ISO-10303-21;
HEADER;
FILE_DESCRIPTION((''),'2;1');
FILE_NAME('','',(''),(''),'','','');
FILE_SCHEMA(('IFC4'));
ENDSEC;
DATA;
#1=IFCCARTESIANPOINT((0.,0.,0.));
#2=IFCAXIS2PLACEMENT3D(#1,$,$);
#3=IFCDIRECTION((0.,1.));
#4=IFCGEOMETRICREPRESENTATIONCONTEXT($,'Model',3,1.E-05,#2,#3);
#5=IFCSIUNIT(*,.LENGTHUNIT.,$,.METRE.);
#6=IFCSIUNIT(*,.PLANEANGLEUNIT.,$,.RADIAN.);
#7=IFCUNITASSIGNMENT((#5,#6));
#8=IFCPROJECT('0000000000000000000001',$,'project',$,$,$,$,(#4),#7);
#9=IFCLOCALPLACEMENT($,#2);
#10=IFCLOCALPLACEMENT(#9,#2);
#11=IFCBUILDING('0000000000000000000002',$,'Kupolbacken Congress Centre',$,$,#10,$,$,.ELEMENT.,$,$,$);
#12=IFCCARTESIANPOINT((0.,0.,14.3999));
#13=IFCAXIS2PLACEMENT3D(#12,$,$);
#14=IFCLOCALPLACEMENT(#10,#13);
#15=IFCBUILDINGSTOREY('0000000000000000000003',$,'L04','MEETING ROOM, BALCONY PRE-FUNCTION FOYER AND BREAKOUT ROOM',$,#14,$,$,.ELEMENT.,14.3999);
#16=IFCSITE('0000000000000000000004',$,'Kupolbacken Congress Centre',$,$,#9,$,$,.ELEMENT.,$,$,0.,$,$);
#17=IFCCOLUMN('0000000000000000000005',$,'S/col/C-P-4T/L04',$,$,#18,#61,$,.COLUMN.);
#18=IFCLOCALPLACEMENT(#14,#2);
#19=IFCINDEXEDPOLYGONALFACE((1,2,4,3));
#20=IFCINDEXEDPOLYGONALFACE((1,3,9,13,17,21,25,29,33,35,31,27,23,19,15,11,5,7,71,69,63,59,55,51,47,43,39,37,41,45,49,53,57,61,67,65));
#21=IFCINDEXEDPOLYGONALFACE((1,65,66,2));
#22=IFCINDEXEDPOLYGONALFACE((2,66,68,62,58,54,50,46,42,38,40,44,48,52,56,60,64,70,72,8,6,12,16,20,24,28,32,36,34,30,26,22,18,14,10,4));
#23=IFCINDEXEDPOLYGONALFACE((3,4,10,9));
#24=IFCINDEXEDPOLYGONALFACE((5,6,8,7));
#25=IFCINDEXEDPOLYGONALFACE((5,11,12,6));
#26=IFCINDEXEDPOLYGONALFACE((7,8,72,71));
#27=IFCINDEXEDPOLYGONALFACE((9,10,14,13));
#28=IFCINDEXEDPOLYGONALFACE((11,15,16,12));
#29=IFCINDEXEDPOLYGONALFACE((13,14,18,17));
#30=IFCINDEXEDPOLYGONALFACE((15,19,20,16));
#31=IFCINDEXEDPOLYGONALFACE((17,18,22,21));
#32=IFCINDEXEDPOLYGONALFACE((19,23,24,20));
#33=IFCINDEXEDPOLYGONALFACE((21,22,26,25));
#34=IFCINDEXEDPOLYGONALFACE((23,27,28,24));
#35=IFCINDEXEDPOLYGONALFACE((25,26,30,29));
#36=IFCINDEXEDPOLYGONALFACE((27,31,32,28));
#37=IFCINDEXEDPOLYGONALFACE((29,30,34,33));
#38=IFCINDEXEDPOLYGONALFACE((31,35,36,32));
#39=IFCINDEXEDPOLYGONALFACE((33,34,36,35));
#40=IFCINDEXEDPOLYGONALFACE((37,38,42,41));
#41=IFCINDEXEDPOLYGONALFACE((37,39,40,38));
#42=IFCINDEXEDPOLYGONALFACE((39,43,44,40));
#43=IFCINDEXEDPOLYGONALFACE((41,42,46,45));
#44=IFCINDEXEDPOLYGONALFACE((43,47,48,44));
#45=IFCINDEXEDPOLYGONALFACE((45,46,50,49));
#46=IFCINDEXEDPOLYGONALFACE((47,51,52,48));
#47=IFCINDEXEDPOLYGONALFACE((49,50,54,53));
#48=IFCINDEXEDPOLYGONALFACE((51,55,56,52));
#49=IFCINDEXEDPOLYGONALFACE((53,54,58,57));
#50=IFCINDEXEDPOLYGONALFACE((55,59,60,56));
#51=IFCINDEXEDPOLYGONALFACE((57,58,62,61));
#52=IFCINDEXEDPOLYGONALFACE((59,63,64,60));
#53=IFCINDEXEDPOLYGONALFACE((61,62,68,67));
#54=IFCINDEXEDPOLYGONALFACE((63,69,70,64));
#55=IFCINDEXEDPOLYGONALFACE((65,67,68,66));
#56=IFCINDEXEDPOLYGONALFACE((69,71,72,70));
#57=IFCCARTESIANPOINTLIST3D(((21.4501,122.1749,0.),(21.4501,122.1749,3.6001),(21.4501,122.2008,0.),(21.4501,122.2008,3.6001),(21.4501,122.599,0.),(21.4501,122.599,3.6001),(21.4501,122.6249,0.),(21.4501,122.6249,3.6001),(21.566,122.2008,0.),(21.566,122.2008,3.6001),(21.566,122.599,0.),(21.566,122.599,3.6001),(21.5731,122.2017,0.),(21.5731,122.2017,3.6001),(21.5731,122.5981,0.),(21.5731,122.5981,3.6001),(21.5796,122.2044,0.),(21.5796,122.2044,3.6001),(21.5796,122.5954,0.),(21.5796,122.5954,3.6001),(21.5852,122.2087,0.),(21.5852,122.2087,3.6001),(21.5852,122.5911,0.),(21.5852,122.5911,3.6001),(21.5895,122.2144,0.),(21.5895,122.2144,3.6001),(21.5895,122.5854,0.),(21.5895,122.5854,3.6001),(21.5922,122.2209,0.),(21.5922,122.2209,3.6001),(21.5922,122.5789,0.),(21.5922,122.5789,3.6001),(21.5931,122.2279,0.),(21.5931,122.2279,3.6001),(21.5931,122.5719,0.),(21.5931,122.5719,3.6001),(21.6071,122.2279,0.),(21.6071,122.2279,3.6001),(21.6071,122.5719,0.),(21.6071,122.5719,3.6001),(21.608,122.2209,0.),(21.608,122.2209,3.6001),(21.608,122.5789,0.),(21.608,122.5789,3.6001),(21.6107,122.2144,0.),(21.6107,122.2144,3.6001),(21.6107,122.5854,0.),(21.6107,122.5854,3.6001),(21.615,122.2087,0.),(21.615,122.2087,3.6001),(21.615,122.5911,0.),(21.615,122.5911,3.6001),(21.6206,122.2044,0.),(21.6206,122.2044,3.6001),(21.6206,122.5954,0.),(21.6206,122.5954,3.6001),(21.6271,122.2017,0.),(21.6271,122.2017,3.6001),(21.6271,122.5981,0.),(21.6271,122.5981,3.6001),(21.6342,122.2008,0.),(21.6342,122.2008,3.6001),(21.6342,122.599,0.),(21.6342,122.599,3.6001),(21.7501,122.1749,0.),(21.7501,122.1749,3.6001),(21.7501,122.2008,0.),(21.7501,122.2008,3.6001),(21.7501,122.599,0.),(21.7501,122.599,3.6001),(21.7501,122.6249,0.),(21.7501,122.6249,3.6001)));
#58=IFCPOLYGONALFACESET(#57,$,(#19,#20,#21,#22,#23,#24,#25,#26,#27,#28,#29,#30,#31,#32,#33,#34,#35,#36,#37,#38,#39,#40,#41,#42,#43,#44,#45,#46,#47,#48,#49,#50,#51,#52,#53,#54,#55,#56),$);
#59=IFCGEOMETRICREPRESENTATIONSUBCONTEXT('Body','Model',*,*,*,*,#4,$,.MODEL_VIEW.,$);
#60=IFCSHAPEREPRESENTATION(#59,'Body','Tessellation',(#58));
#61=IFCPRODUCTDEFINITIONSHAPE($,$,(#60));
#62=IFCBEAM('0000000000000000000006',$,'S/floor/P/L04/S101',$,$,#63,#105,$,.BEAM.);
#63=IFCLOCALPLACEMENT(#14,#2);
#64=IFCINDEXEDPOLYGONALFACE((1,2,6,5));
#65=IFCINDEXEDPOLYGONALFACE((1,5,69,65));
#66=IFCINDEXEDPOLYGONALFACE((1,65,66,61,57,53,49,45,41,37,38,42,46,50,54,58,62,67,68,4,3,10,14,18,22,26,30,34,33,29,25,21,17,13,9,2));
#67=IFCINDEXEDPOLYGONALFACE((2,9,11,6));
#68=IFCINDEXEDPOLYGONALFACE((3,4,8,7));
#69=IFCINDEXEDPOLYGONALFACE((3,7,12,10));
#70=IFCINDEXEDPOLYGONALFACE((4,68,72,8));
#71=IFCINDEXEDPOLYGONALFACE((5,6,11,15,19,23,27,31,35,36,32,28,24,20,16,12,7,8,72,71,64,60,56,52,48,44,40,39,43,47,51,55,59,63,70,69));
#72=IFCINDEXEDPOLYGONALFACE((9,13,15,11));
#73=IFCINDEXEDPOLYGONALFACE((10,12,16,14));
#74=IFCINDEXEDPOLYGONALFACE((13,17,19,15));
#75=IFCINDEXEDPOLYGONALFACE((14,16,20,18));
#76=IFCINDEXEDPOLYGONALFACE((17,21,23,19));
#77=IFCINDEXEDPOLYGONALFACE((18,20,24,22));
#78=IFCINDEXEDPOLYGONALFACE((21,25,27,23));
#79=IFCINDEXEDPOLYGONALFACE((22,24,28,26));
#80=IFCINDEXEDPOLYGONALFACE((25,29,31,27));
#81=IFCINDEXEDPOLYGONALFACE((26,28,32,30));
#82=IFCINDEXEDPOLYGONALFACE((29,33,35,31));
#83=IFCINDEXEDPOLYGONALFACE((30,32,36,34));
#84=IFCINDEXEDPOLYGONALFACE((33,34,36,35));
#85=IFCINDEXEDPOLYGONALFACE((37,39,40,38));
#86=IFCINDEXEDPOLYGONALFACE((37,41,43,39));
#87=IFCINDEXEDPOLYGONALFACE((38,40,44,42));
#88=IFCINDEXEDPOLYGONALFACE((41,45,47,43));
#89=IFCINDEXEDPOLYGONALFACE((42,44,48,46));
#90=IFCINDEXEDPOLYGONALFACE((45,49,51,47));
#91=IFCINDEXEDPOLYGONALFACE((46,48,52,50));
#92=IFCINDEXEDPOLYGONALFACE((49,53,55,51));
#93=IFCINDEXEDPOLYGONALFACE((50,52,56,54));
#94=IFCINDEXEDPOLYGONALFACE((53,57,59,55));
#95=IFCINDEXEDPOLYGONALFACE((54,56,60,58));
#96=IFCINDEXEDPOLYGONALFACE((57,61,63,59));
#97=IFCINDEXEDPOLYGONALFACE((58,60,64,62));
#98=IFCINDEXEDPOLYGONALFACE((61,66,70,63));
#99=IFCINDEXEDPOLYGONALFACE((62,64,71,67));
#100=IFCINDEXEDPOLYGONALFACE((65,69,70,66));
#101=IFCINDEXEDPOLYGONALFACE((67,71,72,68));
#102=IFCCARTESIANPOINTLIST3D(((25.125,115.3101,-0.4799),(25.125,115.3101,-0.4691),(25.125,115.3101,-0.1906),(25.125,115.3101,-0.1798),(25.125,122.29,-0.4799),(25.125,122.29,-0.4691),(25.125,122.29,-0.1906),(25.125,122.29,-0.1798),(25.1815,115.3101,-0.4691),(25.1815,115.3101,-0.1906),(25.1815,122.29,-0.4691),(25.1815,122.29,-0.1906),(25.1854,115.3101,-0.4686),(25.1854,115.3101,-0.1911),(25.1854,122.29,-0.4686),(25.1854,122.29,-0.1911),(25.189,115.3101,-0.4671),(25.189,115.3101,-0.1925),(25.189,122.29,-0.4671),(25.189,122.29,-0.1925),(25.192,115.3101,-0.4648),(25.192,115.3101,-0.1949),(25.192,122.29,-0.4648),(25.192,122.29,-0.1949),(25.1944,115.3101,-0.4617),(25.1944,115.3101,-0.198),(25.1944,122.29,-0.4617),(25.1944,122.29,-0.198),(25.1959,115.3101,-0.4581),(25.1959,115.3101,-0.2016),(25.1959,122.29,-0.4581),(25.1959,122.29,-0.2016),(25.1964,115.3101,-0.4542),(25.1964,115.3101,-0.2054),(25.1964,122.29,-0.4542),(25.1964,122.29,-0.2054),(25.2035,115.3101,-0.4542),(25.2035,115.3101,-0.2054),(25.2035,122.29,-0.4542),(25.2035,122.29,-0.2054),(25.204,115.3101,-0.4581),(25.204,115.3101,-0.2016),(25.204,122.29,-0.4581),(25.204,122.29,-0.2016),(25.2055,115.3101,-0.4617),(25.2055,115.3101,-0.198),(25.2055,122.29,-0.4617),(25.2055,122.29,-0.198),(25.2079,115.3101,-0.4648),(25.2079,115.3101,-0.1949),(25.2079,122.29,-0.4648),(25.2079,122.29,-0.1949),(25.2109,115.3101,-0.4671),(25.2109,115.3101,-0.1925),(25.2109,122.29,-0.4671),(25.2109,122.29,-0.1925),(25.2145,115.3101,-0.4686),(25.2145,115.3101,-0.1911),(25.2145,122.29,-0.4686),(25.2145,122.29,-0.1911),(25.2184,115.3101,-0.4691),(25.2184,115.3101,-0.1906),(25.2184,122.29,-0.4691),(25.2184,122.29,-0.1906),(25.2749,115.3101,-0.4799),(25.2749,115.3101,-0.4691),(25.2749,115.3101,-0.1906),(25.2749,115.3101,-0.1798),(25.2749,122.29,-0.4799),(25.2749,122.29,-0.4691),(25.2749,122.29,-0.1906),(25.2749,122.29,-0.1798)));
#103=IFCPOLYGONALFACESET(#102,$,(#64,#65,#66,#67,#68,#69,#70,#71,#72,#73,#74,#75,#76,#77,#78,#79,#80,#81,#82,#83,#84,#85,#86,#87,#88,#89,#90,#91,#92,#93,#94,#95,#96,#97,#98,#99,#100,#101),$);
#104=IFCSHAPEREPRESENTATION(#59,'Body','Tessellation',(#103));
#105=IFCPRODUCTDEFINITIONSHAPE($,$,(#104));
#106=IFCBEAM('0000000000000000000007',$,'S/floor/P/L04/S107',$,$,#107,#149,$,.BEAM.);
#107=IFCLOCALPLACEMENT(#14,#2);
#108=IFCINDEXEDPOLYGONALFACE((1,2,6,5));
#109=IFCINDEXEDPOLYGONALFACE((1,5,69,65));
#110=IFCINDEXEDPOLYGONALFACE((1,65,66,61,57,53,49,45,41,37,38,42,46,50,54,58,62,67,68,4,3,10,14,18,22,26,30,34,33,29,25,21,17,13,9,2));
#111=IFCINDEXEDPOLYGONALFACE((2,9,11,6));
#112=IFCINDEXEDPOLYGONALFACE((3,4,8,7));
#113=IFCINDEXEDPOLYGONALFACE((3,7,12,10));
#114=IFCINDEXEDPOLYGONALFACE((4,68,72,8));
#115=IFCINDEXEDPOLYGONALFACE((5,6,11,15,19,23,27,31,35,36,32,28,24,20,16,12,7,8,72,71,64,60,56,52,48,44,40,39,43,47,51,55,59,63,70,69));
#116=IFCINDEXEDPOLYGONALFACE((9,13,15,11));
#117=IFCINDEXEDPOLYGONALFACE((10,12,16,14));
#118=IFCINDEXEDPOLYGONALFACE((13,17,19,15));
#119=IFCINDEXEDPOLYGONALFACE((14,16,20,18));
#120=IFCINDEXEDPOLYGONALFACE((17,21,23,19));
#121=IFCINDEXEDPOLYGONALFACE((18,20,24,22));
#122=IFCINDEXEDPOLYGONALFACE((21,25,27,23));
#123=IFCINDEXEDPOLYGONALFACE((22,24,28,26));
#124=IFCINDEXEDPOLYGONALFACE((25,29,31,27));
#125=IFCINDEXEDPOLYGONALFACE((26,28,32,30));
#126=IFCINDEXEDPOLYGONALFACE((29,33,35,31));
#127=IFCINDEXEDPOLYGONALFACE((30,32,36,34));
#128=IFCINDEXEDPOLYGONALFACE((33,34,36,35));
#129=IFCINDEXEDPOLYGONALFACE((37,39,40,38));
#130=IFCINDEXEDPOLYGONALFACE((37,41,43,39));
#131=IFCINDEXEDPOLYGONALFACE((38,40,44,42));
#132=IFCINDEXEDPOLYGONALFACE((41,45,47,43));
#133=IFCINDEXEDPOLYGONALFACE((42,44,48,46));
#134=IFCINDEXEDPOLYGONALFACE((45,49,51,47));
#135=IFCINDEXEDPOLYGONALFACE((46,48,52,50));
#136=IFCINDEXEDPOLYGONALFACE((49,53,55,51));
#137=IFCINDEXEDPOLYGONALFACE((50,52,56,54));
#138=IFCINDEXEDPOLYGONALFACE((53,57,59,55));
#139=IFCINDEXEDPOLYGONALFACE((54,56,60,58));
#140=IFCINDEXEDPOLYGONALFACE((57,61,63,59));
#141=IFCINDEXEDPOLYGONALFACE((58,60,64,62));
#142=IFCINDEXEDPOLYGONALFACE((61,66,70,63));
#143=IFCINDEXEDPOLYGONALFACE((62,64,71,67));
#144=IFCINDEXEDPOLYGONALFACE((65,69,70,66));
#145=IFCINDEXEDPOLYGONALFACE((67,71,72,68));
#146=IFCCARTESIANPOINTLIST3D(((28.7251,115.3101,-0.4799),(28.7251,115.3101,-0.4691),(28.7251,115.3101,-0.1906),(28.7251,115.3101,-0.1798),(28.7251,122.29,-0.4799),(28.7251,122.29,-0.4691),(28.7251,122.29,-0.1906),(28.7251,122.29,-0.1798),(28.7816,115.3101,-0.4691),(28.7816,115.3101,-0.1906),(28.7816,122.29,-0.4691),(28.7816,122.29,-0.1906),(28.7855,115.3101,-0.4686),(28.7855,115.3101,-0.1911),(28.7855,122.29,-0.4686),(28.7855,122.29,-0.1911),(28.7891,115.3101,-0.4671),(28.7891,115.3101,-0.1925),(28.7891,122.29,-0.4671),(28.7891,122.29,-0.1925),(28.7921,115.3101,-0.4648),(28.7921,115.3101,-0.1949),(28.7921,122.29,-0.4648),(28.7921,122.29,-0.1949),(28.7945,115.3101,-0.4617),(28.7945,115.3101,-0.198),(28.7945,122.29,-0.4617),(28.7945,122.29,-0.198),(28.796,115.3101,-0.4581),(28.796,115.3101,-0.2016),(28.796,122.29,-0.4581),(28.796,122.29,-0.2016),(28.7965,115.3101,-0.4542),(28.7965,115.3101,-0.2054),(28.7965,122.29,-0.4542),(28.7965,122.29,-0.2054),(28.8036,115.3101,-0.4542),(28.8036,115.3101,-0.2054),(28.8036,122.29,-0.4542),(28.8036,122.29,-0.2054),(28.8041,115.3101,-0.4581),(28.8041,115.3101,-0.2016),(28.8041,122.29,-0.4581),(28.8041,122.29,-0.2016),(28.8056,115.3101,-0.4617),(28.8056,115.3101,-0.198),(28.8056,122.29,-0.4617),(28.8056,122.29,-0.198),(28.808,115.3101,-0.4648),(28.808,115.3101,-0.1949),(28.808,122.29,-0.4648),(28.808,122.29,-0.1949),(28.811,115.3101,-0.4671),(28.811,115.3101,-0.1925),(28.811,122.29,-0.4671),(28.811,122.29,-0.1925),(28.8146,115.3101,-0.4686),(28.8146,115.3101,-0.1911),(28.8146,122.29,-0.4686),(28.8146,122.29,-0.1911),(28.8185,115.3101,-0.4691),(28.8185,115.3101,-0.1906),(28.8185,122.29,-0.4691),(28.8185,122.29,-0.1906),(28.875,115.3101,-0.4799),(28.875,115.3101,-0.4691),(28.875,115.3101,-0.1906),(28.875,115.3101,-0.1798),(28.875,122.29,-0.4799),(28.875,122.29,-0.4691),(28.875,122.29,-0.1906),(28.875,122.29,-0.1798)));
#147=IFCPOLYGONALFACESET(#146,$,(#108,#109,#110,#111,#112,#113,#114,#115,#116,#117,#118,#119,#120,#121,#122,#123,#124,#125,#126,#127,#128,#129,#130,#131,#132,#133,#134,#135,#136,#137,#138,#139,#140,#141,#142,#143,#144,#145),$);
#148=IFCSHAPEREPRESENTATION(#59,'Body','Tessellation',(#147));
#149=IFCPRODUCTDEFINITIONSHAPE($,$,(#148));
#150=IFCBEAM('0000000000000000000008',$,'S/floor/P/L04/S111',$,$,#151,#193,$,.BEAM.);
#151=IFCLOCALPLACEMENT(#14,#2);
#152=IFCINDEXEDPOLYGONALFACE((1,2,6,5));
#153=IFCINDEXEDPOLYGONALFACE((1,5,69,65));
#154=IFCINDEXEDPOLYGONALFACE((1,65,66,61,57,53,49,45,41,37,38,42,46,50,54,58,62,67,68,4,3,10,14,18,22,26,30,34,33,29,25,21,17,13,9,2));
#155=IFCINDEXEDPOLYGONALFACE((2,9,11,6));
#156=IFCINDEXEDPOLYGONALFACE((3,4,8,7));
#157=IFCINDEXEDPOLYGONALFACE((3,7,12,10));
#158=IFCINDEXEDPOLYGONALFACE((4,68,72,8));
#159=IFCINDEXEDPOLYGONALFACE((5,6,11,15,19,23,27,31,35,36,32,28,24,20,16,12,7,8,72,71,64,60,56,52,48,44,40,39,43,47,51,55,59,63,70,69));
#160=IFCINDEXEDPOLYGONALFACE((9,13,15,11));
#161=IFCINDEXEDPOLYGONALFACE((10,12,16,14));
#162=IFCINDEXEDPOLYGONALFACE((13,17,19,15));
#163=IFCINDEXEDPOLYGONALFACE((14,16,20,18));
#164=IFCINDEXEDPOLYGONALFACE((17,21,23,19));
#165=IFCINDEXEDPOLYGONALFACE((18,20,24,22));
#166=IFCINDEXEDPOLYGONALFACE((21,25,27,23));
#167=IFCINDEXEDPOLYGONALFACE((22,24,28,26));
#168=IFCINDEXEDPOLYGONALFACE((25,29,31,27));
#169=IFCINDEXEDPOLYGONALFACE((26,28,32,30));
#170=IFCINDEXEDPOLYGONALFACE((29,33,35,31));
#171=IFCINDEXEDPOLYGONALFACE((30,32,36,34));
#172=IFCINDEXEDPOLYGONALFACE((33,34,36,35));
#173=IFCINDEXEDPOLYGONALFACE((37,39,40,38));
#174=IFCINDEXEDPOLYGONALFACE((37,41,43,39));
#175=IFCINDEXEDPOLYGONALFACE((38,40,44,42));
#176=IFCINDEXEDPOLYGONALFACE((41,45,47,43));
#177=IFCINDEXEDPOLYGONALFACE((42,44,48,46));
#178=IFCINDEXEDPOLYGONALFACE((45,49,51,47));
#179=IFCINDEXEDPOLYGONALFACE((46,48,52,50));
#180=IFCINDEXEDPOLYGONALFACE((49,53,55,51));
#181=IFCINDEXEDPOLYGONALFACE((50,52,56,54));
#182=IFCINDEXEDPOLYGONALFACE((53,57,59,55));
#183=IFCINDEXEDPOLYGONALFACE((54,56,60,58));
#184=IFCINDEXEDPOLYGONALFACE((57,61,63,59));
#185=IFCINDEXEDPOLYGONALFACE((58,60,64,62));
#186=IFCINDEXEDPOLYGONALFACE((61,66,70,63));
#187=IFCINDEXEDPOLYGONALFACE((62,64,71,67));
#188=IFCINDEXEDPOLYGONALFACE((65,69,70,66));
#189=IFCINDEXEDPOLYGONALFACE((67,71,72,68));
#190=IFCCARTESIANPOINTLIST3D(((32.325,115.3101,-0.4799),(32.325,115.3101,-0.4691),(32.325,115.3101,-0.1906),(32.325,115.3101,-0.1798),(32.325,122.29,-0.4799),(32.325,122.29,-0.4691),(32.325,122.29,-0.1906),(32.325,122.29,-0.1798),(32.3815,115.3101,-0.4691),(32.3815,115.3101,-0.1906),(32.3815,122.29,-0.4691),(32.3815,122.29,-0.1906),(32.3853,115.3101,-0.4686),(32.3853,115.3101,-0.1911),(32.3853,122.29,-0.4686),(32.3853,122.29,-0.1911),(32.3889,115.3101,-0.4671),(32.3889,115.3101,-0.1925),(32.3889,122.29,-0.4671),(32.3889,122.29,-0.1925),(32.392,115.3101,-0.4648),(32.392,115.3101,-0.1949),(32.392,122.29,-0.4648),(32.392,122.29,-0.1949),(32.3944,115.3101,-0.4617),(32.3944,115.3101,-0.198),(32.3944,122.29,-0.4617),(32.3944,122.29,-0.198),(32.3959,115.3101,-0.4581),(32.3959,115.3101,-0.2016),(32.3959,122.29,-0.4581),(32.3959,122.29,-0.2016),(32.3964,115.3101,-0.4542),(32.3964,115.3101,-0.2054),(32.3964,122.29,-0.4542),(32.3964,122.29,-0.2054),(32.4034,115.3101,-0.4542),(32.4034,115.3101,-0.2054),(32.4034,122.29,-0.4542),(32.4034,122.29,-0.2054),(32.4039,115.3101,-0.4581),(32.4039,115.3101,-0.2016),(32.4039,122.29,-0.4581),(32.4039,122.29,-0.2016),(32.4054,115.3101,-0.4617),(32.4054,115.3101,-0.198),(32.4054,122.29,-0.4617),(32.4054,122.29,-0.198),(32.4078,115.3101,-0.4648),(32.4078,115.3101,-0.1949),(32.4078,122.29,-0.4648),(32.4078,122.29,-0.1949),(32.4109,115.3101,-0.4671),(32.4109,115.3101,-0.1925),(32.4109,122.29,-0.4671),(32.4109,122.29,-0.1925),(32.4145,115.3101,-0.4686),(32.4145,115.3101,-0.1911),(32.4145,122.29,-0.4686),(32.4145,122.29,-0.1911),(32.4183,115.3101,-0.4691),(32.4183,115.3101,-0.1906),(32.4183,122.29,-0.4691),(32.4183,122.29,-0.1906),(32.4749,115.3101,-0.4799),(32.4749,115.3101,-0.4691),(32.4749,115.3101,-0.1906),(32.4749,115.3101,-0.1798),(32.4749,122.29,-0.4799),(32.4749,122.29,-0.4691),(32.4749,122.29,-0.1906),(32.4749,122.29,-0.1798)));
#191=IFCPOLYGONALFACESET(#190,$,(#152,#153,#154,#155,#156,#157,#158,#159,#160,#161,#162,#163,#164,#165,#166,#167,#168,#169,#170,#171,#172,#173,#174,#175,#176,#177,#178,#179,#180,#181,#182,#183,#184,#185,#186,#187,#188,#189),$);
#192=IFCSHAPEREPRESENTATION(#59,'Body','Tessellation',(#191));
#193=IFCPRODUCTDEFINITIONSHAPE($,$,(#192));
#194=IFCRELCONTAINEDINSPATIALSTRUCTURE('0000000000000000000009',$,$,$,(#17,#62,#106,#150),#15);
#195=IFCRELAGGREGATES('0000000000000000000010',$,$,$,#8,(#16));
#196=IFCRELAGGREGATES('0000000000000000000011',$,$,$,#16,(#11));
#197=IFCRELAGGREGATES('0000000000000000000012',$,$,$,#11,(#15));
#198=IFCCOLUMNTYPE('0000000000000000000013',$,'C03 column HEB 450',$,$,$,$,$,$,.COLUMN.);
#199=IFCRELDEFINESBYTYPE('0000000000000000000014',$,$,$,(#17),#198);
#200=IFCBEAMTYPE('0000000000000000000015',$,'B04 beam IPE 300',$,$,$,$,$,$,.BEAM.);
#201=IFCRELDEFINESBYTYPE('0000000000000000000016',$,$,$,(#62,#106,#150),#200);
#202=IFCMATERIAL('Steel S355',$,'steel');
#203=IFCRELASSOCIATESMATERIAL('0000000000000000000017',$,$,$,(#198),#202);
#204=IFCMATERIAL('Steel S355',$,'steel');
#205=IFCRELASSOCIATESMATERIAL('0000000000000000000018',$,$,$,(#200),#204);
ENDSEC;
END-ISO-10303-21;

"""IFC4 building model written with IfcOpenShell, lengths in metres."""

from ifc_helpers import new_model, si_unit, direction, frame, origin, origin_2d, place, context, subcontext, project, spatial, i_section, extrude, material, material_profile, profile_set, type_object, element, save


model = new_model("IFC4")

# Units and contexts
model_context = context("Model", 3, precision=1e-05, world=origin(), true_north=direction((0.0, 1.0)))
body_context = subcontext(model_context, "Body", "Model", "MODEL_VIEW")
ifc_project = project(units=[si_unit("LENGTHUNIT", "METRE"), si_unit("PLANEANGLEUNIT", "RADIAN")], contexts=[model_context])

# Site, building, storey
site_placement = place(None, origin())
site = spatial("IfcSite", under=ifc_project, at=site_placement, Name="Kupolbacken Congress Centre", CompositionType="ELEMENT", RefElevation=0.0)
building_placement = place(site_placement, origin())
building = spatial("IfcBuilding", under=site, at=building_placement, Name="Kupolbacken Congress Centre", CompositionType="ELEMENT")
storey_placement = place(building_placement, frame((0.0, 0.0, 14.3999)))
storey = spatial("IfcBuildingStorey", under=building, at=storey_placement, Name="L04", Description="MEETING ROOM, BALCONY PRE-FUNCTION FOYER AND BREAKOUT ROOM", CompositionType="ELEMENT", Elevation=14.3999)

# Column
ifc_material_1 = material(Name="Steel S355", Category="steel")
ifc_material_profile_1 = material_profile(ifc_material_1, i_section(OverallWidth=0.3, OverallDepth=0.45, WebThickness=0.0139, FlangeThickness=0.0259, FilletRadius=0.0271, at=origin_2d()), Name="HEB 450")
ifc_profile_set_1 = profile_set([ifc_material_profile_1], Name="Steel S355")
column_type = type_object("IfcColumnType", Name="C03 column HEB 450", PredefinedType="COLUMN", material=ifc_profile_set_1)
column_placement = place(storey_placement, frame((21.6001, 122.3999, 0.0), z_axis=(0.0, 0.0, 1.0), x_axis=(1.0, 0.0, 0.0)))
element("IfcColumn", 1, at=column_placement, inside=storey, type_object=column_type, Name="S/col/C-P-4T/L04", PredefinedType="COLUMN", context=body_context, shape_type="SweptSolid", body=[
    extrude(i_section(OverallWidth=0.3, OverallDepth=0.45, WebThickness=0.0139, FlangeThickness=0.0259, FilletRadius=0.0271, at=origin_2d()), origin(), (0.0, 0.0, 1.0), 3.6001),
])

# Beams
ifc_material_2 = material(Name="Steel S355", Category="steel")
ifc_material_profile_2 = material_profile(ifc_material_2, i_section(OverallWidth=0.1499, OverallDepth=0.3, WebThickness=0.0071, FlangeThickness=0.0107, FilletRadius=0.0149, at=origin_2d()), Name="IPE 300")
ifc_profile_set_2 = profile_set([ifc_material_profile_2], Name="Steel S355")
beam_type_1 = type_object("IfcBeamType", Name="B04 beam IPE 300", PredefinedType="BEAM", material=ifc_profile_set_2)
for number, where, z_axis, x_axis, name in (
    (2, (25.2, 115.3101, -0.3298), (0.0, 1.0, 0.0), (-1.0, 0.0, 0.0), "S/floor/P/L04/S101"),
    (3, (28.8, 115.3101, -0.3298), (0.0, 1.0, 0.0), (-1.0, 0.0, 0.0), "S/floor/P/L04/S107"),
    (4, (32.3999, 115.3101, -0.3298), (0.0, 1.0, 0.0), (-1.0, 0.0, 0.0), "S/floor/P/L04/S111"),
):
    element("IfcBeam", number, at=place(storey_placement, frame(where, z_axis=z_axis, x_axis=x_axis)), inside=storey, type_object=beam_type_1, Name=name, PredefinedType="BEAM", context=body_context, shape_type="SweptSolid", body=[
        extrude(i_section(OverallWidth=0.1499, OverallDepth=0.3, WebThickness=0.0071, FlangeThickness=0.0107, FilletRadius=0.0149, at=origin_2d()), origin(), (0.0, 0.0, 1.0), 6.98),
    ])

save(model, "model.ifc")
